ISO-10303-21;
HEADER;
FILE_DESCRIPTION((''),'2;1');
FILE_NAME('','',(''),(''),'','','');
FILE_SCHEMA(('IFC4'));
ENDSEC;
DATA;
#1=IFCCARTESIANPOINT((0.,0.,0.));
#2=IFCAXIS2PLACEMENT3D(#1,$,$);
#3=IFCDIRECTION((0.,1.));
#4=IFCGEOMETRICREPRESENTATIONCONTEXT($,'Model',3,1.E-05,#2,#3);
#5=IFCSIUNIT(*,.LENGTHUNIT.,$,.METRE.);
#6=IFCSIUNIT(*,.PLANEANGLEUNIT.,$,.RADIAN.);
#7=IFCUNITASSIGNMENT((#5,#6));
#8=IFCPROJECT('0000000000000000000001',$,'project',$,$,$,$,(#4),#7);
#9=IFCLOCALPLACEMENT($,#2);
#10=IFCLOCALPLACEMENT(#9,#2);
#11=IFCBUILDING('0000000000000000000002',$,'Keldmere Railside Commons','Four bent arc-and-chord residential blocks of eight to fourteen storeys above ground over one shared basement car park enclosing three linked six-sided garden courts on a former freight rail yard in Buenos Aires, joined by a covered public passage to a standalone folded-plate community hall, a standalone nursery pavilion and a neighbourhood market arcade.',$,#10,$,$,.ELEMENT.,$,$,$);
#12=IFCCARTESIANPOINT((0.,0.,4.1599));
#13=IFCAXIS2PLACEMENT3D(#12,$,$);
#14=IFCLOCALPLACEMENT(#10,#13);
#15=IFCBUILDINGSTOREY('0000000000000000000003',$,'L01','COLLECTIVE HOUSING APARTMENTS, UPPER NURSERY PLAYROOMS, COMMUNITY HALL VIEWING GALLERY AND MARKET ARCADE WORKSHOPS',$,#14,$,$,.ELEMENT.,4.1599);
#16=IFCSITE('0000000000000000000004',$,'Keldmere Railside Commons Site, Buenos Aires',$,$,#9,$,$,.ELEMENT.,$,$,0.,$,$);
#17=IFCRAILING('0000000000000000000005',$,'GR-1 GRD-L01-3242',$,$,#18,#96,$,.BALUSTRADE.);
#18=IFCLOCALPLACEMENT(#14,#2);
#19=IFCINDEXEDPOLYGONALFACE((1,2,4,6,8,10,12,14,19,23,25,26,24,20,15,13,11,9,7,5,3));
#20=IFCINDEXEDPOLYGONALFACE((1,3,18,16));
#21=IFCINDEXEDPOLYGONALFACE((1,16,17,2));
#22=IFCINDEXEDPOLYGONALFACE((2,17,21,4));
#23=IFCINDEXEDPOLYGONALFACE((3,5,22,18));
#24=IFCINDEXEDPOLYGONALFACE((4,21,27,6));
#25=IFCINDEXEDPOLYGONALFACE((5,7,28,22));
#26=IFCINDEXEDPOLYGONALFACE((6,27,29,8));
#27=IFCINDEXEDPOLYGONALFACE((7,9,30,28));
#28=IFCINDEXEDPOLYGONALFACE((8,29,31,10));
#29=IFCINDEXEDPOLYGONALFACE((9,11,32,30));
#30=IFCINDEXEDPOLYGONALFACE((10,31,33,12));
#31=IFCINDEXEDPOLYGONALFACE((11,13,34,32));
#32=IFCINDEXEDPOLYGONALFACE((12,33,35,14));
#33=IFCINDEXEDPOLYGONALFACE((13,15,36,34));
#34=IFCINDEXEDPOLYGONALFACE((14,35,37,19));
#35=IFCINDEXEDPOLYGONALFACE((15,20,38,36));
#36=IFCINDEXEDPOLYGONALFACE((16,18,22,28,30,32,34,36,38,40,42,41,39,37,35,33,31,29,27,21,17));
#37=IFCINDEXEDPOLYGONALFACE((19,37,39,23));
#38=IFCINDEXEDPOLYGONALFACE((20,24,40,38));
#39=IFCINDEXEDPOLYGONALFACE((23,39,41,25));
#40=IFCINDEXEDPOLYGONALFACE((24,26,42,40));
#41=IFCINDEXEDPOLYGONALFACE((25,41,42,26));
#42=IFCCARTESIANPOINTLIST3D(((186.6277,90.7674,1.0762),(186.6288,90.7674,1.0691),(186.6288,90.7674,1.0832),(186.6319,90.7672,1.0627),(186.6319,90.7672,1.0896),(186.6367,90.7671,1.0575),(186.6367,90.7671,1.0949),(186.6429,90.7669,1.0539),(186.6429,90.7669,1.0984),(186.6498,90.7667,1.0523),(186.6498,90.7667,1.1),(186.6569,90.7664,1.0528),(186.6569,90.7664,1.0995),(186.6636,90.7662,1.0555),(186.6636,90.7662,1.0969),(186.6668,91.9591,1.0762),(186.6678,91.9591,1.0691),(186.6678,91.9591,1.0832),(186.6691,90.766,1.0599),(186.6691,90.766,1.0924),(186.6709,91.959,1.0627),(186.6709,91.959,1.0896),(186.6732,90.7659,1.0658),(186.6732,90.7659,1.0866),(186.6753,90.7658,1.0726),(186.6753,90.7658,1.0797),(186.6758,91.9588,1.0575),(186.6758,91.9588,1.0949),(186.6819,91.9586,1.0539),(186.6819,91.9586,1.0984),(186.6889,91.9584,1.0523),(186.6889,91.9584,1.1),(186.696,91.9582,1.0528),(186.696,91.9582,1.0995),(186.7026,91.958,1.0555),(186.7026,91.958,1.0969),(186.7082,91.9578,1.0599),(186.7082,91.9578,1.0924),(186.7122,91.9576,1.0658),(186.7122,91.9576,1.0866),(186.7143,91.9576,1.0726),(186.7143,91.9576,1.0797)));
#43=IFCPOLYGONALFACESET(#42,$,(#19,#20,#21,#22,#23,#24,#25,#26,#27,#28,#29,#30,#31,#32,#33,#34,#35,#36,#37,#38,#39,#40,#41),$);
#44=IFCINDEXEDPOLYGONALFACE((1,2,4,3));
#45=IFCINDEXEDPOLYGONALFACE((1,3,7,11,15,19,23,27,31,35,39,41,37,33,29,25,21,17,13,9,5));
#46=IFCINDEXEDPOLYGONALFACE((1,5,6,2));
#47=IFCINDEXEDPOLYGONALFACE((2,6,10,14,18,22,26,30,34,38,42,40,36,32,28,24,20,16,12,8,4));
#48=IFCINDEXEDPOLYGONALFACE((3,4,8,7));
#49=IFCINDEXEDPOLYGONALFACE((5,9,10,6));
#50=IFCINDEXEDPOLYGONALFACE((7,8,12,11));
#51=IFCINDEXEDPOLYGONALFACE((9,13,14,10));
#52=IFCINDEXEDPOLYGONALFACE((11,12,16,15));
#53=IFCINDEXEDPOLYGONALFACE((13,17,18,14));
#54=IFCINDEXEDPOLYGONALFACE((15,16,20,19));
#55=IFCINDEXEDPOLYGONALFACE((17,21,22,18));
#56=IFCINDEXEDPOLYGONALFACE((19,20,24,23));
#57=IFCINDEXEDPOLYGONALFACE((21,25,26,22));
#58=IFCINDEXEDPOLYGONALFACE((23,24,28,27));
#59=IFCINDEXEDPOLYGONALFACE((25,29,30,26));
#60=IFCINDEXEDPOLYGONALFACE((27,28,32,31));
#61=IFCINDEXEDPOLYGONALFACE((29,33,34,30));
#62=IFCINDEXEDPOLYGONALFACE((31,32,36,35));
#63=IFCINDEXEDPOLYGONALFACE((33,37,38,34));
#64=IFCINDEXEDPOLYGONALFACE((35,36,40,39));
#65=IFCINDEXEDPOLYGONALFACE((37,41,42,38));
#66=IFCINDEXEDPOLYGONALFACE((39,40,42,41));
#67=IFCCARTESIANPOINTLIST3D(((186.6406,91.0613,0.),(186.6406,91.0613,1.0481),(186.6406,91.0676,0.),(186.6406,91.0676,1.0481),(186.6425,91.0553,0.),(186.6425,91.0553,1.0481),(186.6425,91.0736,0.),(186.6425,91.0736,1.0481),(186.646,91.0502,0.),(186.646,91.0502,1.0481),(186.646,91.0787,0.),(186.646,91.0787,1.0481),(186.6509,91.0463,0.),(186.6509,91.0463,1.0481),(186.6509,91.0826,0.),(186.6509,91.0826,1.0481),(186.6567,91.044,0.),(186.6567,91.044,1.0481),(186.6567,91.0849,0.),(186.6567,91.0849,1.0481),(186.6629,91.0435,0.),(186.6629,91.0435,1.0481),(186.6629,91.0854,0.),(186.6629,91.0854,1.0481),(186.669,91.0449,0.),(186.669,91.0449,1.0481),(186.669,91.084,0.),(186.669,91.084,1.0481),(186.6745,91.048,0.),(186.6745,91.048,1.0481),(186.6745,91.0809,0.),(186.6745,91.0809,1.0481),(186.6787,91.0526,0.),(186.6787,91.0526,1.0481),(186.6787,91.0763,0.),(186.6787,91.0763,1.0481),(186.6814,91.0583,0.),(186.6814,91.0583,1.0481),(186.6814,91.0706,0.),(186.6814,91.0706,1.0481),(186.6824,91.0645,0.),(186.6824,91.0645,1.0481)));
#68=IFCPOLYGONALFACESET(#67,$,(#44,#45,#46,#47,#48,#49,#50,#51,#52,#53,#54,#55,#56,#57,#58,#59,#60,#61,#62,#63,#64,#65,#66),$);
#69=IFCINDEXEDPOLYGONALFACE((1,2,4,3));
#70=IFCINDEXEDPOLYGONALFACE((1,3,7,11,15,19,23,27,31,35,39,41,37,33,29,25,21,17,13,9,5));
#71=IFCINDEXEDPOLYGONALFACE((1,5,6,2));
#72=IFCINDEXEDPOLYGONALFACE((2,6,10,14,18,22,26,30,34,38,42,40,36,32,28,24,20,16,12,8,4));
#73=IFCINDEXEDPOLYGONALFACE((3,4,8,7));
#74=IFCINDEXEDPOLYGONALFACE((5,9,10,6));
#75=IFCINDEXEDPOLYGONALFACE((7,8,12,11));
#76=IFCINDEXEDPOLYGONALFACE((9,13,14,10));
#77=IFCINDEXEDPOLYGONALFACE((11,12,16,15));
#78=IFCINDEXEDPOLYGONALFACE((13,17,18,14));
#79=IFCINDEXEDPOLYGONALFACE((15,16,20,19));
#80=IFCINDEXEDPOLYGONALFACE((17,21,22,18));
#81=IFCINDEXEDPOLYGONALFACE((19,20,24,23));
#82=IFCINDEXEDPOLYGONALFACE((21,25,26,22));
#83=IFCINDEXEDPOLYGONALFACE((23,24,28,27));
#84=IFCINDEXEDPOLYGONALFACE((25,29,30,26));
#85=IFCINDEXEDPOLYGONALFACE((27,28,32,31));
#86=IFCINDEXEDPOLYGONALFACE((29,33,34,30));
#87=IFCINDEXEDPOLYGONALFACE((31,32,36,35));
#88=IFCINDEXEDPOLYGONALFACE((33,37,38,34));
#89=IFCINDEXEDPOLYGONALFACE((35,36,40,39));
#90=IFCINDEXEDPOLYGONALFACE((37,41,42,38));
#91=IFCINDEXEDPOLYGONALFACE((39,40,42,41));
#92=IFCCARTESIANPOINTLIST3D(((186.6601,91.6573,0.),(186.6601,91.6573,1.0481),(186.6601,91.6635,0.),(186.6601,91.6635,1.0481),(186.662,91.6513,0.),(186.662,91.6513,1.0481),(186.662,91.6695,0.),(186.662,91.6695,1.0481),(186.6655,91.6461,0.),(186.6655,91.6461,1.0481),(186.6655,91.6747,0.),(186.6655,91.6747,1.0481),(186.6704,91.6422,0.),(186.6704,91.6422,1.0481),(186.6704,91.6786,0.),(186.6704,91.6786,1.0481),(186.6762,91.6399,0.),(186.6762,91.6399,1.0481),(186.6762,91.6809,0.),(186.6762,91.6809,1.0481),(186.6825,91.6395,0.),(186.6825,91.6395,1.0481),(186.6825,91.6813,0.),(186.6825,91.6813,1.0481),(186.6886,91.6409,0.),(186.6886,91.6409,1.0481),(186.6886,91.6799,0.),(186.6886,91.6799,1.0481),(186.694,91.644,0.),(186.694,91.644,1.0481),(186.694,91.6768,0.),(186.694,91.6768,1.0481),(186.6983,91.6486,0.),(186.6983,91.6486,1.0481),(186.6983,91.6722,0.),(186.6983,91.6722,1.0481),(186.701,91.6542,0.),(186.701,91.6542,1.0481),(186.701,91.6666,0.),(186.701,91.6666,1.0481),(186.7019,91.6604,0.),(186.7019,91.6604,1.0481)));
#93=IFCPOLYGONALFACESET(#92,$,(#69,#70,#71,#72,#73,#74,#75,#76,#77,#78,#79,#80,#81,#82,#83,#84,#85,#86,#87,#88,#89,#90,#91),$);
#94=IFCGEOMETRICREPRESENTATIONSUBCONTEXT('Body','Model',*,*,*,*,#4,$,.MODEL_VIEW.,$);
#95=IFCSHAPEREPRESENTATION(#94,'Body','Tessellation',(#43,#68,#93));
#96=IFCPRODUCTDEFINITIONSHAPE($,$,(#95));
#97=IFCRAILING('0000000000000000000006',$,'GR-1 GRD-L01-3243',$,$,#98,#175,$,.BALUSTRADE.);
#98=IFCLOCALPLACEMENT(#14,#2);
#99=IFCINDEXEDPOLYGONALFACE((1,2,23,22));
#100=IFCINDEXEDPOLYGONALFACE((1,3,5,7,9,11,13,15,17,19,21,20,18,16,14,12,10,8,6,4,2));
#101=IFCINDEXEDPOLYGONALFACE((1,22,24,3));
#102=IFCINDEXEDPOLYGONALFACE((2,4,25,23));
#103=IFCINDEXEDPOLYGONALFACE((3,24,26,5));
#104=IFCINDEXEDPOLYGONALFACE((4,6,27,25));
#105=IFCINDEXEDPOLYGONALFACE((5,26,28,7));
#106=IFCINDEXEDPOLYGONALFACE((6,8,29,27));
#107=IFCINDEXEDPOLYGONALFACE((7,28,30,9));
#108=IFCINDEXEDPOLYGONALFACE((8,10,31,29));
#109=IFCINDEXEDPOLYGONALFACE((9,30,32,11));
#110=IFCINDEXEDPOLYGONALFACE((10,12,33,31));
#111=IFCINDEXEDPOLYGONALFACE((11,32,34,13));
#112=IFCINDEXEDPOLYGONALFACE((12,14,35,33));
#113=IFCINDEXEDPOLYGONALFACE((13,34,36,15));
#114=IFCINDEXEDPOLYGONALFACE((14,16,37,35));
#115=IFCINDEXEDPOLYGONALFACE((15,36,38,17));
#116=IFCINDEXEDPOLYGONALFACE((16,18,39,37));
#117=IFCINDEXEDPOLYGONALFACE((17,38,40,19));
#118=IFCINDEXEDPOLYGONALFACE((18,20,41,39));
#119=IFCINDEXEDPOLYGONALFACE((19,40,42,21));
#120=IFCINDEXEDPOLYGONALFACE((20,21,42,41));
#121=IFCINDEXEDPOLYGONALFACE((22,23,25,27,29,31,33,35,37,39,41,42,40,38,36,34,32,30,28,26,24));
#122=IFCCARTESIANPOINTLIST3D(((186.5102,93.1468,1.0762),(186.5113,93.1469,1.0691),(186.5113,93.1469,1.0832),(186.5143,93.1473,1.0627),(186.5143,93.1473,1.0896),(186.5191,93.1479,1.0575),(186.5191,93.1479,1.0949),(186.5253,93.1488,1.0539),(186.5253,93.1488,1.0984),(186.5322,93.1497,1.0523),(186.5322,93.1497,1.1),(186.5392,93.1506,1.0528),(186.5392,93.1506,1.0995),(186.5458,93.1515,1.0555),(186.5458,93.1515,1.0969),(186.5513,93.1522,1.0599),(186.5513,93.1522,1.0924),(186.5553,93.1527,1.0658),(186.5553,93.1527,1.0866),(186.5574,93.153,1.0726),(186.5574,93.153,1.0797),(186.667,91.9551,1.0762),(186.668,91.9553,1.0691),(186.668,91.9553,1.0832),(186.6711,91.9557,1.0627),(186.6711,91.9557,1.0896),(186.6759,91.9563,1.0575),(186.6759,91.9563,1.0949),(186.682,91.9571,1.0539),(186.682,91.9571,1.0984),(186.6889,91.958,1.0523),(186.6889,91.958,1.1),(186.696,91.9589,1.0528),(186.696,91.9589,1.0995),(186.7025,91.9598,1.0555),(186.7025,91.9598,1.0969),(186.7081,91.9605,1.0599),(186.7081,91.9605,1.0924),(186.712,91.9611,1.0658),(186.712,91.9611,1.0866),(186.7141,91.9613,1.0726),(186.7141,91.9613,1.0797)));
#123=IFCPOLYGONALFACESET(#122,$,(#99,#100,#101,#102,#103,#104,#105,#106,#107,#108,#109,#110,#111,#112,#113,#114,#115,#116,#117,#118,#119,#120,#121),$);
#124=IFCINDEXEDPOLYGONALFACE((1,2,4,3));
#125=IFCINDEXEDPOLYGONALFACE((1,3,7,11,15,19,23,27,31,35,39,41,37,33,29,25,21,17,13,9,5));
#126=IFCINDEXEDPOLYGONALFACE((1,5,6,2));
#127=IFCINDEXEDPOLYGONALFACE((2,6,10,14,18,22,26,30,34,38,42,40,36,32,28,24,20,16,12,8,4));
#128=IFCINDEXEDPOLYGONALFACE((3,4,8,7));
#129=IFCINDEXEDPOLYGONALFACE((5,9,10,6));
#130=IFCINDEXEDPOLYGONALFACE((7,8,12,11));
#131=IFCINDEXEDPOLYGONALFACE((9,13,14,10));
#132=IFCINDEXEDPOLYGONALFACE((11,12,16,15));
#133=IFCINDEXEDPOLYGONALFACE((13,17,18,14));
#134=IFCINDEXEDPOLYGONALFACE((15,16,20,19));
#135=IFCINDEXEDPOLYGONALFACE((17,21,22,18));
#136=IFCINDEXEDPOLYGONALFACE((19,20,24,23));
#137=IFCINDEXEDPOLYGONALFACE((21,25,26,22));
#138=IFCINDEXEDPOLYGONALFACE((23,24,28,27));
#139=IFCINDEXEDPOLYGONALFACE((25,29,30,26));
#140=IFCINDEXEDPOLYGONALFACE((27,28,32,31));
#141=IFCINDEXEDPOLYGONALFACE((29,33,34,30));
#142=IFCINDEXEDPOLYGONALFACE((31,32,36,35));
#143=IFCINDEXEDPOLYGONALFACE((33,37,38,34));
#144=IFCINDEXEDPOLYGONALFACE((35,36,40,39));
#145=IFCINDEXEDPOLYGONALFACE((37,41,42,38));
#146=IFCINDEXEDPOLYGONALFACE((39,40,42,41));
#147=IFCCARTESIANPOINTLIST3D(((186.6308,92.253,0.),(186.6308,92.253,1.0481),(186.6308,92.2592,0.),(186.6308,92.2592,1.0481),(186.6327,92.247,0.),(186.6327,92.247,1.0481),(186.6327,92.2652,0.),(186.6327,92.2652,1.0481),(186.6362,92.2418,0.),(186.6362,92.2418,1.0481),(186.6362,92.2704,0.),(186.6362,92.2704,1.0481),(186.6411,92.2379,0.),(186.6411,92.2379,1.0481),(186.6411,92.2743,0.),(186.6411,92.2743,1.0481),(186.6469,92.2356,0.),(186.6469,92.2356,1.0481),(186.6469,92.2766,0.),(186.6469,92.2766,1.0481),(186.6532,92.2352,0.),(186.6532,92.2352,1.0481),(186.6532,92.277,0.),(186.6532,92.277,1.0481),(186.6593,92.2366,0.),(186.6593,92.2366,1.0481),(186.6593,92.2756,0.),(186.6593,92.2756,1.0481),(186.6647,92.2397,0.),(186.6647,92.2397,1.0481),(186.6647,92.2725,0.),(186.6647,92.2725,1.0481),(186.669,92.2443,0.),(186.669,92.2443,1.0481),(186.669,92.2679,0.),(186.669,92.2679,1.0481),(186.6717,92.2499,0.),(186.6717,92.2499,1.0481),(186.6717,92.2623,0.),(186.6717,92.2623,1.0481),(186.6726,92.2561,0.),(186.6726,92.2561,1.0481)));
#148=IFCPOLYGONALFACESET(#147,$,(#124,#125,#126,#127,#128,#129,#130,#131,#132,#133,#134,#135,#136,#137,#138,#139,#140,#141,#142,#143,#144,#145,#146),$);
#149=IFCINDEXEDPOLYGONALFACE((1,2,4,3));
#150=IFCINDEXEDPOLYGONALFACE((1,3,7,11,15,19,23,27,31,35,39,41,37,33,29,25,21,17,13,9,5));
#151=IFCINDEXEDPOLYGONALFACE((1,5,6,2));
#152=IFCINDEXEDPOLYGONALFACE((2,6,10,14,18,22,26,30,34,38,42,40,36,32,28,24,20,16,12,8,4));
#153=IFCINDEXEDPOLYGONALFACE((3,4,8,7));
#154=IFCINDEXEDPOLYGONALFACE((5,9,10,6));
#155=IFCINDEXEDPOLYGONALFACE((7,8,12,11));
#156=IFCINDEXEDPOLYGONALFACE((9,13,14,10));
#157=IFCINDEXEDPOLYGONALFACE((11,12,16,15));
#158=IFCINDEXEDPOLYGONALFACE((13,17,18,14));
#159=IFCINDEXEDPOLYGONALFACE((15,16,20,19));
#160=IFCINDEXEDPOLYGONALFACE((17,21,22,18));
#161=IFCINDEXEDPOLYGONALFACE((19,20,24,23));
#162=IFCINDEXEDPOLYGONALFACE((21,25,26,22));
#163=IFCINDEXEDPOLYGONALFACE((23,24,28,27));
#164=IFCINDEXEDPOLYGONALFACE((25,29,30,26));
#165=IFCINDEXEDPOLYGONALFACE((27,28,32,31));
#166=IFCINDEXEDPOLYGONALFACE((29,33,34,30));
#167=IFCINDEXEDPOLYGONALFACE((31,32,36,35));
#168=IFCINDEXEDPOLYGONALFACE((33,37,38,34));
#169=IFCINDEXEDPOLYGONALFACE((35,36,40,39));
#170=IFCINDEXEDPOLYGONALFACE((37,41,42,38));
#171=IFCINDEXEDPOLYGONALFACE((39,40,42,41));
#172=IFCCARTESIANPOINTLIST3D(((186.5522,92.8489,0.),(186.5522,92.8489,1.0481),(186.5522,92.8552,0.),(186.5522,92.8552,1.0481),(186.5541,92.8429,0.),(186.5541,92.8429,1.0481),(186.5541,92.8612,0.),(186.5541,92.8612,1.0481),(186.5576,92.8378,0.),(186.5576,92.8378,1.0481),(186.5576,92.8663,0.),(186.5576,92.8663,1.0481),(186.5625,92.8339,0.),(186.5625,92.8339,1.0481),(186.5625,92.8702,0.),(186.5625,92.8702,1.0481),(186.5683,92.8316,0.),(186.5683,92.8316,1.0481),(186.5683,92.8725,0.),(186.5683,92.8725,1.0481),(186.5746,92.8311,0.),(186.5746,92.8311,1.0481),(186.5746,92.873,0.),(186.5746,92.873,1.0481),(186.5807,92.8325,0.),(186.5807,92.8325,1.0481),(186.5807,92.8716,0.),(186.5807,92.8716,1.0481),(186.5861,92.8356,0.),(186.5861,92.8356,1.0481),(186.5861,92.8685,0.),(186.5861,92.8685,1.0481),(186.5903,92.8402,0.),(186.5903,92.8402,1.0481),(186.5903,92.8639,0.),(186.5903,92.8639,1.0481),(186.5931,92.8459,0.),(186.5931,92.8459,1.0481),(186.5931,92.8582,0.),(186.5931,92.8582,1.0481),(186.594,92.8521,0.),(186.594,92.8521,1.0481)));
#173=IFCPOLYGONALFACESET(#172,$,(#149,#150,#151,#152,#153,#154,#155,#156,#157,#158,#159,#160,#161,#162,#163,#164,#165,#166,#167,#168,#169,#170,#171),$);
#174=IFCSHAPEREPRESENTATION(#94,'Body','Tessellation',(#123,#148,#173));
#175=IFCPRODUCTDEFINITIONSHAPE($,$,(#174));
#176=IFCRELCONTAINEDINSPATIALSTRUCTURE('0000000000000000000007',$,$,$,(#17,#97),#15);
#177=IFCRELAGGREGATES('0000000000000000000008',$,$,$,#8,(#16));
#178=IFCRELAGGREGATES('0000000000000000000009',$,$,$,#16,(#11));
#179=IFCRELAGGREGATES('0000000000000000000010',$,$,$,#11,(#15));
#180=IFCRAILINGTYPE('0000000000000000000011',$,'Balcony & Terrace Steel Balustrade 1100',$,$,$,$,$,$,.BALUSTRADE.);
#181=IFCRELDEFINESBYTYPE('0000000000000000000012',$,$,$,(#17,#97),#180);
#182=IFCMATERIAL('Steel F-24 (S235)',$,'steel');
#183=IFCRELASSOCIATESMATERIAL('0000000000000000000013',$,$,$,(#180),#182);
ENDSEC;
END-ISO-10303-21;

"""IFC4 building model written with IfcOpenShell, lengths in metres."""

from ifc_helpers import new_model, si_unit, direction, frame, origin, origin_2d, place, context, subcontext, project, spatial, circle, extrude, material, type_object, element, save


model = new_model("IFC4")

# Units and contexts
model_context = context("Model", 3, precision=1e-05, world=origin(), true_north=direction((0.0, 1.0)))
body_context = subcontext(model_context, "Body", "Model", "MODEL_VIEW")
ifc_project = project(units=[si_unit("LENGTHUNIT", "METRE"), si_unit("PLANEANGLEUNIT", "RADIAN")], contexts=[model_context])

# Site, building, storey
site_placement = place(None, origin())
site = spatial("IfcSite", under=ifc_project, at=site_placement, Name="Keldmere Railside Commons Site, Buenos Aires", CompositionType="ELEMENT", RefElevation=0.0)
building_placement = place(site_placement, origin())
building = spatial("IfcBuilding", under=site, at=building_placement, Name="Keldmere Railside Commons", Description="Four bent arc-and-chord residential blocks of eight to fourteen storeys above ground over one shared basement car park enclosing three linked six-sided garden courts on a former freight rail yard in Buenos Aires, joined by a covered public passage to a standalone folded-plate community hall, a standalone nursery pavilion and a neighbourhood market arcade.", CompositionType="ELEMENT")
storey_placement = place(building_placement, frame((0.0, 0.0, 4.1599)))
storey = spatial("IfcBuildingStorey", under=building, at=storey_placement, Name="L01", Description="COLLECTIVE HOUSING APARTMENTS, UPPER NURSERY PLAYROOMS, COMMUNITY HALL VIEWING GALLERY AND MARKET ARCADE WORKSHOPS", CompositionType="ELEMENT", Elevation=4.1599)

# Railings
ifc_material_1 = material(Name="Steel F-24 (S235)", Category="steel")
railing_type = type_object("IfcRailingType", Name="Balcony & Terrace Steel Balustrade 1100", PredefinedType="BALUSTRADE", material=ifc_material_1)
railing_1_placement = place(storey_placement, frame((186.6516, 90.7666, 0.0)))
element("IfcRailing", 1, at=railing_1_placement, inside=storey, type_object=railing_type, Name="GR-1 GRD-L01-3242", PredefinedType="BALUSTRADE", context=body_context, shape_type="SweptSolid", body=[
    extrude(circle(Radius=0.0239, at=origin_2d()), frame((0.0, 0.0, 1.0762), z_axis=(0.032763, 0.999463, 0.0), x_axis=(-0.999463, 0.032763, 0.0)), (0.0, 0.0, 1.0), 1.1924),
    extrude(circle(Radius=0.021, at=origin_2d()), frame((0.0098, 0.2979, 0.0)), (0.0, 0.0, 1.0), 1.0481),
    extrude(circle(Radius=0.021, at=origin_2d()), frame((0.0293, 0.8938, 0.0)), (0.0, 0.0, 1.0), 1.0481),
])
railing_2_placement = place(storey_placement, frame((186.6907, 91.9583, 0.0)))
element("IfcRailing", 2, at=railing_2_placement, inside=storey, type_object=railing_type, Name="GR-1 GRD-L01-3243", PredefinedType="BALUSTRADE", context=body_context, shape_type="SweptSolid", body=[
    extrude(circle(Radius=0.0239, at=origin_2d()), frame((0.0, 0.0, 1.0762), z_axis=(-0.130407, 0.991461, 0.0), x_axis=(-0.991461, -0.130407, 0.0)), (0.0, 0.0, 1.0), 1.2019),
    extrude(circle(Radius=0.021, at=origin_2d()), frame((-0.0391, 0.2979, 0.0)), (0.0, 0.0, 1.0), 1.0481),
    extrude(circle(Radius=0.021, at=origin_2d()), frame((-0.1177, 0.8938, 0.0)), (0.0, 0.0, 1.0), 1.0481),
])

save(model, "model.ifc")
